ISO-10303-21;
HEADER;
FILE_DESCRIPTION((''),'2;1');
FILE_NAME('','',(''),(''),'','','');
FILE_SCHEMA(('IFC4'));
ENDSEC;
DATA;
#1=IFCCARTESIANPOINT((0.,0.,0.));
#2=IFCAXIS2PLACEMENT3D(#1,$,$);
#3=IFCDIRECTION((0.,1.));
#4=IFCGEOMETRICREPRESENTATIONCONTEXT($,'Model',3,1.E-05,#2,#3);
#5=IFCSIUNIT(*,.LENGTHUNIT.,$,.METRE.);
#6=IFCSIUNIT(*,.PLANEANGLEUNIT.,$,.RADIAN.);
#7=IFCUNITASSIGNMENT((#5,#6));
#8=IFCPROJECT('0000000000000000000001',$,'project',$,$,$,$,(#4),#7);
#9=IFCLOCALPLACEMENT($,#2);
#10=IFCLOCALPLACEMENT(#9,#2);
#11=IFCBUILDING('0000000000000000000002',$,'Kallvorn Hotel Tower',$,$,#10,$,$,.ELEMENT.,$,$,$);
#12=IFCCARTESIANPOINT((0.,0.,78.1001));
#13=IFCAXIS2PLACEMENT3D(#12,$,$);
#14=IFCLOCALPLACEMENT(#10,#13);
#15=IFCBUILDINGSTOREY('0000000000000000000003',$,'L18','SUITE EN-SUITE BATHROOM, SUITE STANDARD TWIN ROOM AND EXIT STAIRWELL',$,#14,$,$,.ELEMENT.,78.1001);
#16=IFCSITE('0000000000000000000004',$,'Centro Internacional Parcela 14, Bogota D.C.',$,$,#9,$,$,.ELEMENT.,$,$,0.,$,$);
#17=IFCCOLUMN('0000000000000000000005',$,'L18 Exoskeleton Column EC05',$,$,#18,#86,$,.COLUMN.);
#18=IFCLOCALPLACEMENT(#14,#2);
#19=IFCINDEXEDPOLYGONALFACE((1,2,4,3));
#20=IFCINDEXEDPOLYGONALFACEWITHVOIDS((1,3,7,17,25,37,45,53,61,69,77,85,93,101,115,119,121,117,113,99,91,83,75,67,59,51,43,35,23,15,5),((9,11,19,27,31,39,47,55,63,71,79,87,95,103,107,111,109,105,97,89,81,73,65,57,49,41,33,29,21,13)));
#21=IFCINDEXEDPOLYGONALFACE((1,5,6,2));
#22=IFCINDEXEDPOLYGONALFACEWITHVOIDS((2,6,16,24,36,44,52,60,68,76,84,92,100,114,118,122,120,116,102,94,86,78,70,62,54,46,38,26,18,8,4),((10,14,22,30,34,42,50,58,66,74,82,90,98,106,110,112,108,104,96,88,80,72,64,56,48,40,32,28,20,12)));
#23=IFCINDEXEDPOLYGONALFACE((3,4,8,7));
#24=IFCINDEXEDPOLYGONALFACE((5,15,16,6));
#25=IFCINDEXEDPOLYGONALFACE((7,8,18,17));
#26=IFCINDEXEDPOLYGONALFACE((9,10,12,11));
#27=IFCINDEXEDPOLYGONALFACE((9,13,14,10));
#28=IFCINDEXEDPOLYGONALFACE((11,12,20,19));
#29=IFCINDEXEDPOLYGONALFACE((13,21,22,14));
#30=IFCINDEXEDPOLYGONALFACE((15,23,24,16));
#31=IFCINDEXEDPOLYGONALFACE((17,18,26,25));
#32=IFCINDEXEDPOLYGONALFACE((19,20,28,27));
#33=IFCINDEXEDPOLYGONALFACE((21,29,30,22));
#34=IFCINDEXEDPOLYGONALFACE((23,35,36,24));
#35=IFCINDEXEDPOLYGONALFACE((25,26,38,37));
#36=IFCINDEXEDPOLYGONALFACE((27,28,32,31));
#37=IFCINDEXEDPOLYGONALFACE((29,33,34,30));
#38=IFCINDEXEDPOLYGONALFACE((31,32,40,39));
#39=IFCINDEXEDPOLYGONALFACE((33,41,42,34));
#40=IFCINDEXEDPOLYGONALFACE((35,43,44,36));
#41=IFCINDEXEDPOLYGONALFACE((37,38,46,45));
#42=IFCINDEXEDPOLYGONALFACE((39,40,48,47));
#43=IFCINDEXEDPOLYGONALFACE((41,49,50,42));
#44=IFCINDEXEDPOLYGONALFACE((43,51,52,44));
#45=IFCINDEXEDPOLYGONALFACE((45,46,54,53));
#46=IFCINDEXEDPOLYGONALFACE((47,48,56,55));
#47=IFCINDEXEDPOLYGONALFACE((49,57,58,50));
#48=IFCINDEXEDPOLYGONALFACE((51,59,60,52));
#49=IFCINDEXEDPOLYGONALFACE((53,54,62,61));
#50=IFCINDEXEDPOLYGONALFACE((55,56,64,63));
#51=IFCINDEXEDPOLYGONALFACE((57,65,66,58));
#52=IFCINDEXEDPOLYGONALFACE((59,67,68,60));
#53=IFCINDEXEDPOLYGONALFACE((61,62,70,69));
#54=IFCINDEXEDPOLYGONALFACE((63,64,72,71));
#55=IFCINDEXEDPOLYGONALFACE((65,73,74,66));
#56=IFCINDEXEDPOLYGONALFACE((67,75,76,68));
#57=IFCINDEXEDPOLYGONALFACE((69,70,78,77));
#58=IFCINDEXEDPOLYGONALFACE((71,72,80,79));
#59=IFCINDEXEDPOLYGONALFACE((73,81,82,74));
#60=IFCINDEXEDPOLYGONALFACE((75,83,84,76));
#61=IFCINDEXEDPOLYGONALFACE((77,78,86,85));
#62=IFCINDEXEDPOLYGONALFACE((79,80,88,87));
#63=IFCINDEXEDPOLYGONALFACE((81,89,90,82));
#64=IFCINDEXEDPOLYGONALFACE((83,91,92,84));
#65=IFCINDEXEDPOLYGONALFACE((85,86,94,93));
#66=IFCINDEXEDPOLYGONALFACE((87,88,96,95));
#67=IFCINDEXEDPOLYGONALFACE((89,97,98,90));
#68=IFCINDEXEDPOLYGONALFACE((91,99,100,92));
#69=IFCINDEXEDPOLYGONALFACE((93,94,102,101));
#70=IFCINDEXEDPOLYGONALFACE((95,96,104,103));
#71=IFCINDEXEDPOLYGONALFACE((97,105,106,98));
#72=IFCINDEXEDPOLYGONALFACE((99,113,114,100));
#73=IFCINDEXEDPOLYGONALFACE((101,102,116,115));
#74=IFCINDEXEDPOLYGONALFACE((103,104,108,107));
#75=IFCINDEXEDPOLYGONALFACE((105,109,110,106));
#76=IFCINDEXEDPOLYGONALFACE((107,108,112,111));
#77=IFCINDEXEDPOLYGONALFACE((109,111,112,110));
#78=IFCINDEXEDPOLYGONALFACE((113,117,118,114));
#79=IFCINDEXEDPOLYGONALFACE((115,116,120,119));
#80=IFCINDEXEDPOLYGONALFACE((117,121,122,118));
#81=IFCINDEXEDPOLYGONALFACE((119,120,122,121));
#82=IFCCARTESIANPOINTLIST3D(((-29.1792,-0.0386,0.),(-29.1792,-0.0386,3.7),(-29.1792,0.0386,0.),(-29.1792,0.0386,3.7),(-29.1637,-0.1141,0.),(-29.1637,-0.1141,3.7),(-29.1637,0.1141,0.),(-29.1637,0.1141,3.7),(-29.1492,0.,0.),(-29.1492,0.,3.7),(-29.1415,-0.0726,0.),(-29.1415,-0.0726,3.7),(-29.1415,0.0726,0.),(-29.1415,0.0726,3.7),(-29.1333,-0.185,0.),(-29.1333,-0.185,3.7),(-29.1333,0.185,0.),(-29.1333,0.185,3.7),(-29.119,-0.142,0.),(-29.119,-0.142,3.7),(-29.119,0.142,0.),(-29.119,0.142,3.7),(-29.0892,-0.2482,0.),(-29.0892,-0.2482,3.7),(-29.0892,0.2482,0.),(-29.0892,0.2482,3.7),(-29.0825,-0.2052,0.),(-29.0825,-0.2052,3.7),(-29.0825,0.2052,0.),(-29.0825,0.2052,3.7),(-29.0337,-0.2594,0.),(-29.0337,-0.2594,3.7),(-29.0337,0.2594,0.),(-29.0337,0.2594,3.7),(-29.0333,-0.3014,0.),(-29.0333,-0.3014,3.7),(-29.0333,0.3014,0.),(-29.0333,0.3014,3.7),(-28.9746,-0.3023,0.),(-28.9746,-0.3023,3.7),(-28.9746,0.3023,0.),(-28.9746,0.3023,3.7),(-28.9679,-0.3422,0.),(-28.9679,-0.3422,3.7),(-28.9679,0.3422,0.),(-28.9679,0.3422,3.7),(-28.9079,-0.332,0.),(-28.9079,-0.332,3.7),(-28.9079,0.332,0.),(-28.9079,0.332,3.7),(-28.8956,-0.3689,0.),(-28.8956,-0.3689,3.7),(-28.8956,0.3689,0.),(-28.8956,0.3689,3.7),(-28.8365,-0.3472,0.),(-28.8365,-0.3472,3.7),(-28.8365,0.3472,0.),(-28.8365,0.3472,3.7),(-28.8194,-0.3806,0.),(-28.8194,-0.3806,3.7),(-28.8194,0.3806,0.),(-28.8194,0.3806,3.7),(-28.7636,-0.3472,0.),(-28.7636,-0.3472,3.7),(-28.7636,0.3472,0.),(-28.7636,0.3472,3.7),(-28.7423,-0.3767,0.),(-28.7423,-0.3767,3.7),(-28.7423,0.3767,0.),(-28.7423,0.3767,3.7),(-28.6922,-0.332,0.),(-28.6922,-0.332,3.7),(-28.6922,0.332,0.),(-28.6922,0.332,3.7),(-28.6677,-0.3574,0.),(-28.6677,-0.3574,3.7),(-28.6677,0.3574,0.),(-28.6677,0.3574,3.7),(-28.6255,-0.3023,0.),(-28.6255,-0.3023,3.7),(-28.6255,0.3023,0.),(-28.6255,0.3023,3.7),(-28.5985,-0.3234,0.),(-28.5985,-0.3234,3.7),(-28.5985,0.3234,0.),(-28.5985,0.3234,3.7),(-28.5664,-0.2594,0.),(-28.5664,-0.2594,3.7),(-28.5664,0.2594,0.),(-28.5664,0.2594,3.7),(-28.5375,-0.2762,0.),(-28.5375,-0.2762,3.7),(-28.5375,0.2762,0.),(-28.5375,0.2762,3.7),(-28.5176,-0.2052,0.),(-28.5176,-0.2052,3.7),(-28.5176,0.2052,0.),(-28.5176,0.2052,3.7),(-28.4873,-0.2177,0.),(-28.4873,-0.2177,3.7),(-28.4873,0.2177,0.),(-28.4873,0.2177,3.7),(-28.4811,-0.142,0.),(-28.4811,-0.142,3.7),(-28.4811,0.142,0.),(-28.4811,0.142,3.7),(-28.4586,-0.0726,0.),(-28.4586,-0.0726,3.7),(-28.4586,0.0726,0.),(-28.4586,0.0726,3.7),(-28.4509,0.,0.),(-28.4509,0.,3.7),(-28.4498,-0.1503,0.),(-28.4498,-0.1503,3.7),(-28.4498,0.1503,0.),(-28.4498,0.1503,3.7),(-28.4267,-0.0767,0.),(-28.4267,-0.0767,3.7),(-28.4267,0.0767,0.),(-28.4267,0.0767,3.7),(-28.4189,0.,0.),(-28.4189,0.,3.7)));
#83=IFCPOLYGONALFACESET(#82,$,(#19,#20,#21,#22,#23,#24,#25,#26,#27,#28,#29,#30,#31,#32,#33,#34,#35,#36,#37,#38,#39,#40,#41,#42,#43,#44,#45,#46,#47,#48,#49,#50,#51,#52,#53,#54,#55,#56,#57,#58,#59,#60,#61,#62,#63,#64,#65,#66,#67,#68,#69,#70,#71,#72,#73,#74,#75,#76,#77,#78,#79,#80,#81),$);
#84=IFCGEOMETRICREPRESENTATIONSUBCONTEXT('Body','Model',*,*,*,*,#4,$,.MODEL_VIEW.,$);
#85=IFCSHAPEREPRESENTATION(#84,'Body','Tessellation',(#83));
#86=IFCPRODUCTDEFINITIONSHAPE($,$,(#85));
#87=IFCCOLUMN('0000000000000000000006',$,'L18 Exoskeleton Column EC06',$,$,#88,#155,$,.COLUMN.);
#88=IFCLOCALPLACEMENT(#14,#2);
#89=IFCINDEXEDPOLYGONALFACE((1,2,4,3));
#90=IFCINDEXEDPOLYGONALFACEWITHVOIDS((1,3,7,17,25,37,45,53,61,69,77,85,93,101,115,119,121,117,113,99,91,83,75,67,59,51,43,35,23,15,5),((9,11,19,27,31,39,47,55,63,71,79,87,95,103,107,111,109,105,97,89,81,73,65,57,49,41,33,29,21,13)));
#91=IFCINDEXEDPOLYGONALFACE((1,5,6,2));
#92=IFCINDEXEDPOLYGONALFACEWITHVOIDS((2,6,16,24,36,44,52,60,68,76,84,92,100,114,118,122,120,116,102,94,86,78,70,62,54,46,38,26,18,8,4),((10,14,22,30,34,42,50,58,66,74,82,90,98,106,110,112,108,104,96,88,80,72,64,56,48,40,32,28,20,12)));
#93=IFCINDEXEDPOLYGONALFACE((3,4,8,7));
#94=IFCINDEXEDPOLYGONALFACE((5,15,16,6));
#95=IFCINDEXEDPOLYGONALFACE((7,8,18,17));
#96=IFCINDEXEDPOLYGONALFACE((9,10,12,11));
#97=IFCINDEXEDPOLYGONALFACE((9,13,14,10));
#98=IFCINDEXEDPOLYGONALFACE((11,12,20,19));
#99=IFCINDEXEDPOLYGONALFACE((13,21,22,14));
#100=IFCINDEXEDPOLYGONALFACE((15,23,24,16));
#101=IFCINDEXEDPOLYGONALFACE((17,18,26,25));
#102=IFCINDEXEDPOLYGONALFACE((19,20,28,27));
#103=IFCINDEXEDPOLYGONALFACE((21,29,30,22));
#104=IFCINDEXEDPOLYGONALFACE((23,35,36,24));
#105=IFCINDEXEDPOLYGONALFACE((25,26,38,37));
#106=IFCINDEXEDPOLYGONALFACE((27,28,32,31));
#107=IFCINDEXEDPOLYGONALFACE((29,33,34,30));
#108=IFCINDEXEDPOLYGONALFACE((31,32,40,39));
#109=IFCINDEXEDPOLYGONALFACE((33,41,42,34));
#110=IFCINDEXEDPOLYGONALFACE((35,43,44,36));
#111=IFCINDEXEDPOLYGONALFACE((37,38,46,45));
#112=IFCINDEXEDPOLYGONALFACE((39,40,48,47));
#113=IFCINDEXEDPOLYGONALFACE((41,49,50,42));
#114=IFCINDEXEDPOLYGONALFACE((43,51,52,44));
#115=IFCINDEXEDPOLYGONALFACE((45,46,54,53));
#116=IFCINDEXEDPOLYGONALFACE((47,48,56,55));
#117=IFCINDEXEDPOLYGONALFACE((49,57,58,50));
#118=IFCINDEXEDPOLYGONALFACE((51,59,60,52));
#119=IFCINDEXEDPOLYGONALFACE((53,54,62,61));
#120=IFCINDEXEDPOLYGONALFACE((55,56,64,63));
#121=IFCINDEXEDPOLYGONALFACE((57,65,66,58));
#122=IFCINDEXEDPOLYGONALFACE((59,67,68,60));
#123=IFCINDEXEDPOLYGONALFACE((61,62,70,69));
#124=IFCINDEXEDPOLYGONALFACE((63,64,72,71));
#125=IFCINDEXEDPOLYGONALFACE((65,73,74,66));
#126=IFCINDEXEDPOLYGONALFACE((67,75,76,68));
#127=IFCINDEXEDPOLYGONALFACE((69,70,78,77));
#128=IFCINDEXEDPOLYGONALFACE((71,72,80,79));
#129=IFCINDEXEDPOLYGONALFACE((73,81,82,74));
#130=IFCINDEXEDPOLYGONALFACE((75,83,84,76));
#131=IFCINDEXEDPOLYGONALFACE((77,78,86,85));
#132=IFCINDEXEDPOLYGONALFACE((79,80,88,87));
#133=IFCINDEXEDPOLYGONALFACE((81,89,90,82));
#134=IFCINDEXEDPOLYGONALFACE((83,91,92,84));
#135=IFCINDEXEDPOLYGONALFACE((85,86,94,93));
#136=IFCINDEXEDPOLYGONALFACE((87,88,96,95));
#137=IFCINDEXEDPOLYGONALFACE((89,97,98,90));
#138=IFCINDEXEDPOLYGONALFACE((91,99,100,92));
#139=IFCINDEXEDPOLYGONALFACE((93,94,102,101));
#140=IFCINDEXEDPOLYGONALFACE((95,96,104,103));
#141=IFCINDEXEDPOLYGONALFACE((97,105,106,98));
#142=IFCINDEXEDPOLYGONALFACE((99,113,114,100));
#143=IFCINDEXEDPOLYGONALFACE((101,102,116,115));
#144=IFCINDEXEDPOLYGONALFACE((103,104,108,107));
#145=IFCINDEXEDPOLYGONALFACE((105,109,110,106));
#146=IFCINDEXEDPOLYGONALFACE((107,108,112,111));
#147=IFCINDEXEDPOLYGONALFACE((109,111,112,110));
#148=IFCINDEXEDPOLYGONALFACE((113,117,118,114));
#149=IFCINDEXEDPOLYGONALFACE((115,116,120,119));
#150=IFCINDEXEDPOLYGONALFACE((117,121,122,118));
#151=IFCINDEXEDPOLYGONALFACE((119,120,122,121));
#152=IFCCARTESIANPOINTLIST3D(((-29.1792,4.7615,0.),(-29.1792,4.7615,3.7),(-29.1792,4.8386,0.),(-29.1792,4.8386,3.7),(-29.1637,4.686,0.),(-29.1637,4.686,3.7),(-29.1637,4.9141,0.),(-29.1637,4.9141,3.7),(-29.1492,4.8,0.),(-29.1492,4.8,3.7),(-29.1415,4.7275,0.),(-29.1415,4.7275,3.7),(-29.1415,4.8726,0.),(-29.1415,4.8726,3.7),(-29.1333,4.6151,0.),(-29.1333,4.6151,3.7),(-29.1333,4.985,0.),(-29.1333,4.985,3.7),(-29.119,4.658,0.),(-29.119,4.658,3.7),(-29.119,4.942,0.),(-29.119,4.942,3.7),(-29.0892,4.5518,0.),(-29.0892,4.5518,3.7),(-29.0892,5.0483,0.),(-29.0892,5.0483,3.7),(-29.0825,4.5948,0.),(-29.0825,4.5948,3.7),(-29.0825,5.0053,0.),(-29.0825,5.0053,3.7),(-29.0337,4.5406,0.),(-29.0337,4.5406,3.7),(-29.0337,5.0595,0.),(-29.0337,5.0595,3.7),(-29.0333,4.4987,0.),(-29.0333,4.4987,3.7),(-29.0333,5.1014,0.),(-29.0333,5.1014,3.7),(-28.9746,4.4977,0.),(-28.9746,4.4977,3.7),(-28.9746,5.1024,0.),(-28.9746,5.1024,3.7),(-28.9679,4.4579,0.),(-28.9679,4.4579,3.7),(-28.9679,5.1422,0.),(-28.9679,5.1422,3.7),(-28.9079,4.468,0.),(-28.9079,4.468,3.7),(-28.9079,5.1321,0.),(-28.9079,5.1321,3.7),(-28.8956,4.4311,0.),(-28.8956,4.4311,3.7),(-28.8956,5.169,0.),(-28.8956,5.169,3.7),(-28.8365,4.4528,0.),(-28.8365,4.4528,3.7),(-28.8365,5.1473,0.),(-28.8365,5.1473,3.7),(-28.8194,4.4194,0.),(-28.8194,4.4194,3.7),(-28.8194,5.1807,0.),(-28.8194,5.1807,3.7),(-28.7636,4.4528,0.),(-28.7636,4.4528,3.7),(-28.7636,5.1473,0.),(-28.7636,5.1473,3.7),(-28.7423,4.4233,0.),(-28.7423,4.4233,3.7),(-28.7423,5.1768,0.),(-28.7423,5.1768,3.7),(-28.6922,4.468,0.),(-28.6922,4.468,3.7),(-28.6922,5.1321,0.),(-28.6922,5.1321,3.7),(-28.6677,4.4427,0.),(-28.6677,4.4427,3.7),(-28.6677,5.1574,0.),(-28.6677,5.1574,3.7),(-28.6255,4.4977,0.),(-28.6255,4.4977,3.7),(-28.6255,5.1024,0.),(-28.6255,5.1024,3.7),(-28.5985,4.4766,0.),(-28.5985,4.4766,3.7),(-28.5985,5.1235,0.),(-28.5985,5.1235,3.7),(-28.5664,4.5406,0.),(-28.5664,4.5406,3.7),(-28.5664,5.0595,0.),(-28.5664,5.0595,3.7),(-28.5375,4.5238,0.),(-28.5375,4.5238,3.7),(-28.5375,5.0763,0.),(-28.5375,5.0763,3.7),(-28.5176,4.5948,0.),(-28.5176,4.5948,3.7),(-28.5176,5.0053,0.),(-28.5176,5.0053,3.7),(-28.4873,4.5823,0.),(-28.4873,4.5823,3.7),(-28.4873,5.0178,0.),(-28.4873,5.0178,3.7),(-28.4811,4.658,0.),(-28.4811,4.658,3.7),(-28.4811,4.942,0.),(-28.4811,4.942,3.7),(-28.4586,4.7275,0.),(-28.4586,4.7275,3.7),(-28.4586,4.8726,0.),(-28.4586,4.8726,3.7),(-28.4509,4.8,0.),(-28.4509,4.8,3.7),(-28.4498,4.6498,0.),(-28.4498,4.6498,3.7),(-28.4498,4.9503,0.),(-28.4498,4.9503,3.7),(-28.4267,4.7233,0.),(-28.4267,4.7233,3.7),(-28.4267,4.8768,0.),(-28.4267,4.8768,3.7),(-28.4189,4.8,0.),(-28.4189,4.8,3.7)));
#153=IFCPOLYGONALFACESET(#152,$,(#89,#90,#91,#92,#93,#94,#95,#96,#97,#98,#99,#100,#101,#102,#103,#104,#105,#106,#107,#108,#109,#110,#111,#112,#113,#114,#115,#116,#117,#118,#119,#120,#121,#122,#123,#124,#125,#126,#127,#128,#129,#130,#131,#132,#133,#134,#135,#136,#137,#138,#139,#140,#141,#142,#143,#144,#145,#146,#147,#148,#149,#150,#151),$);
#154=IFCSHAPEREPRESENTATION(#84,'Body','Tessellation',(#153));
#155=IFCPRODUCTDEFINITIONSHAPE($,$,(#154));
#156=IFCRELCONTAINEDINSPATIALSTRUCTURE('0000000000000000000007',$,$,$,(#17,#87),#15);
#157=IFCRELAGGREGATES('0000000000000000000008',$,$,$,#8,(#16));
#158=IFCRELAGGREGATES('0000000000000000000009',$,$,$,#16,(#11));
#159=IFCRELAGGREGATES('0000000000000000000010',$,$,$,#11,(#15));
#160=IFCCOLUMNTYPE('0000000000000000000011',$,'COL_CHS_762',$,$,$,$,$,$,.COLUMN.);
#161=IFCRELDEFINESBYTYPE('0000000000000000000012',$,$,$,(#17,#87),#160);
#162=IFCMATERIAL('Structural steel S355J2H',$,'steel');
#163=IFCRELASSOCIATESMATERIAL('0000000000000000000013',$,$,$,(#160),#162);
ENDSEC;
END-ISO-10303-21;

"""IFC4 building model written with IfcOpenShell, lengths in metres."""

from ifc_helpers import new_model, si_unit, direction, frame, origin, origin_2d, place, context, subcontext, project, spatial, hollow_circle, extrude, material, material_profile, profile_set, type_object, element, save


model = new_model("IFC4")

# Units and contexts
model_context = context("Model", 3, precision=1e-05, world=origin(), true_north=direction((0.0, 1.0)))
body_context = subcontext(model_context, "Body", "Model", "MODEL_VIEW")
ifc_project = project(units=[si_unit("LENGTHUNIT", "METRE"), si_unit("PLANEANGLEUNIT", "RADIAN")], contexts=[model_context])

# Site, building, storey
site_placement = place(None, origin())
site = spatial("IfcSite", under=ifc_project, at=site_placement, Name="Centro Internacional Parcela 14, Bogota D.C.", CompositionType="ELEMENT", RefElevation=0.0)
building_placement = place(site_placement, origin())
building = spatial("IfcBuilding", under=site, at=building_placement, Name="Kallvorn Hotel Tower", CompositionType="ELEMENT")
storey_placement = place(building_placement, frame((0.0, 0.0, 78.1001)))
storey = spatial("IfcBuildingStorey", under=building, at=storey_placement, Name="L18", Description="SUITE EN-SUITE BATHROOM, SUITE STANDARD TWIN ROOM AND EXIT STAIRWELL", CompositionType="ELEMENT", Elevation=78.1001)

# Columns
ifc_material_1 = material(Name="Structural steel S355J2H", Category="steel")
ifc_material_profile_1 = material_profile(ifc_material_1, hollow_circle(Radius=0.3811, WallThickness=0.032, at=origin_2d()), Name="CHS 762x32")
ifc_profile_set_1 = profile_set([ifc_material_profile_1], Name="Structural steel S355J2H")
column_type = type_object("IfcColumnType", Name="COL_CHS_762", PredefinedType="COLUMN", material=ifc_profile_set_1)
for number, where, z_axis, x_axis, name in (
    (1, (-28.8, 0.0, 0.0), (0.0, 0.0, 1.0), (1.0, 0.0, 0.0), "L18 Exoskeleton Column EC05"),
    (2, (-28.8, 4.8, 0.0), (0.0, 0.0, 1.0), (1.0, 0.0, 0.0), "L18 Exoskeleton Column EC06"),
):
    element("IfcColumn", number, at=place(storey_placement, frame(where, z_axis=z_axis, x_axis=x_axis)), inside=storey, type_object=column_type, Name=name, PredefinedType="COLUMN", context=body_context, shape_type="SweptSolid", body=[
        extrude(hollow_circle(Radius=0.3811, WallThickness=0.032, at=origin_2d()), origin(), (0.0, 0.0, 1.0), 3.7),
    ])

save(model, "model.ifc")
